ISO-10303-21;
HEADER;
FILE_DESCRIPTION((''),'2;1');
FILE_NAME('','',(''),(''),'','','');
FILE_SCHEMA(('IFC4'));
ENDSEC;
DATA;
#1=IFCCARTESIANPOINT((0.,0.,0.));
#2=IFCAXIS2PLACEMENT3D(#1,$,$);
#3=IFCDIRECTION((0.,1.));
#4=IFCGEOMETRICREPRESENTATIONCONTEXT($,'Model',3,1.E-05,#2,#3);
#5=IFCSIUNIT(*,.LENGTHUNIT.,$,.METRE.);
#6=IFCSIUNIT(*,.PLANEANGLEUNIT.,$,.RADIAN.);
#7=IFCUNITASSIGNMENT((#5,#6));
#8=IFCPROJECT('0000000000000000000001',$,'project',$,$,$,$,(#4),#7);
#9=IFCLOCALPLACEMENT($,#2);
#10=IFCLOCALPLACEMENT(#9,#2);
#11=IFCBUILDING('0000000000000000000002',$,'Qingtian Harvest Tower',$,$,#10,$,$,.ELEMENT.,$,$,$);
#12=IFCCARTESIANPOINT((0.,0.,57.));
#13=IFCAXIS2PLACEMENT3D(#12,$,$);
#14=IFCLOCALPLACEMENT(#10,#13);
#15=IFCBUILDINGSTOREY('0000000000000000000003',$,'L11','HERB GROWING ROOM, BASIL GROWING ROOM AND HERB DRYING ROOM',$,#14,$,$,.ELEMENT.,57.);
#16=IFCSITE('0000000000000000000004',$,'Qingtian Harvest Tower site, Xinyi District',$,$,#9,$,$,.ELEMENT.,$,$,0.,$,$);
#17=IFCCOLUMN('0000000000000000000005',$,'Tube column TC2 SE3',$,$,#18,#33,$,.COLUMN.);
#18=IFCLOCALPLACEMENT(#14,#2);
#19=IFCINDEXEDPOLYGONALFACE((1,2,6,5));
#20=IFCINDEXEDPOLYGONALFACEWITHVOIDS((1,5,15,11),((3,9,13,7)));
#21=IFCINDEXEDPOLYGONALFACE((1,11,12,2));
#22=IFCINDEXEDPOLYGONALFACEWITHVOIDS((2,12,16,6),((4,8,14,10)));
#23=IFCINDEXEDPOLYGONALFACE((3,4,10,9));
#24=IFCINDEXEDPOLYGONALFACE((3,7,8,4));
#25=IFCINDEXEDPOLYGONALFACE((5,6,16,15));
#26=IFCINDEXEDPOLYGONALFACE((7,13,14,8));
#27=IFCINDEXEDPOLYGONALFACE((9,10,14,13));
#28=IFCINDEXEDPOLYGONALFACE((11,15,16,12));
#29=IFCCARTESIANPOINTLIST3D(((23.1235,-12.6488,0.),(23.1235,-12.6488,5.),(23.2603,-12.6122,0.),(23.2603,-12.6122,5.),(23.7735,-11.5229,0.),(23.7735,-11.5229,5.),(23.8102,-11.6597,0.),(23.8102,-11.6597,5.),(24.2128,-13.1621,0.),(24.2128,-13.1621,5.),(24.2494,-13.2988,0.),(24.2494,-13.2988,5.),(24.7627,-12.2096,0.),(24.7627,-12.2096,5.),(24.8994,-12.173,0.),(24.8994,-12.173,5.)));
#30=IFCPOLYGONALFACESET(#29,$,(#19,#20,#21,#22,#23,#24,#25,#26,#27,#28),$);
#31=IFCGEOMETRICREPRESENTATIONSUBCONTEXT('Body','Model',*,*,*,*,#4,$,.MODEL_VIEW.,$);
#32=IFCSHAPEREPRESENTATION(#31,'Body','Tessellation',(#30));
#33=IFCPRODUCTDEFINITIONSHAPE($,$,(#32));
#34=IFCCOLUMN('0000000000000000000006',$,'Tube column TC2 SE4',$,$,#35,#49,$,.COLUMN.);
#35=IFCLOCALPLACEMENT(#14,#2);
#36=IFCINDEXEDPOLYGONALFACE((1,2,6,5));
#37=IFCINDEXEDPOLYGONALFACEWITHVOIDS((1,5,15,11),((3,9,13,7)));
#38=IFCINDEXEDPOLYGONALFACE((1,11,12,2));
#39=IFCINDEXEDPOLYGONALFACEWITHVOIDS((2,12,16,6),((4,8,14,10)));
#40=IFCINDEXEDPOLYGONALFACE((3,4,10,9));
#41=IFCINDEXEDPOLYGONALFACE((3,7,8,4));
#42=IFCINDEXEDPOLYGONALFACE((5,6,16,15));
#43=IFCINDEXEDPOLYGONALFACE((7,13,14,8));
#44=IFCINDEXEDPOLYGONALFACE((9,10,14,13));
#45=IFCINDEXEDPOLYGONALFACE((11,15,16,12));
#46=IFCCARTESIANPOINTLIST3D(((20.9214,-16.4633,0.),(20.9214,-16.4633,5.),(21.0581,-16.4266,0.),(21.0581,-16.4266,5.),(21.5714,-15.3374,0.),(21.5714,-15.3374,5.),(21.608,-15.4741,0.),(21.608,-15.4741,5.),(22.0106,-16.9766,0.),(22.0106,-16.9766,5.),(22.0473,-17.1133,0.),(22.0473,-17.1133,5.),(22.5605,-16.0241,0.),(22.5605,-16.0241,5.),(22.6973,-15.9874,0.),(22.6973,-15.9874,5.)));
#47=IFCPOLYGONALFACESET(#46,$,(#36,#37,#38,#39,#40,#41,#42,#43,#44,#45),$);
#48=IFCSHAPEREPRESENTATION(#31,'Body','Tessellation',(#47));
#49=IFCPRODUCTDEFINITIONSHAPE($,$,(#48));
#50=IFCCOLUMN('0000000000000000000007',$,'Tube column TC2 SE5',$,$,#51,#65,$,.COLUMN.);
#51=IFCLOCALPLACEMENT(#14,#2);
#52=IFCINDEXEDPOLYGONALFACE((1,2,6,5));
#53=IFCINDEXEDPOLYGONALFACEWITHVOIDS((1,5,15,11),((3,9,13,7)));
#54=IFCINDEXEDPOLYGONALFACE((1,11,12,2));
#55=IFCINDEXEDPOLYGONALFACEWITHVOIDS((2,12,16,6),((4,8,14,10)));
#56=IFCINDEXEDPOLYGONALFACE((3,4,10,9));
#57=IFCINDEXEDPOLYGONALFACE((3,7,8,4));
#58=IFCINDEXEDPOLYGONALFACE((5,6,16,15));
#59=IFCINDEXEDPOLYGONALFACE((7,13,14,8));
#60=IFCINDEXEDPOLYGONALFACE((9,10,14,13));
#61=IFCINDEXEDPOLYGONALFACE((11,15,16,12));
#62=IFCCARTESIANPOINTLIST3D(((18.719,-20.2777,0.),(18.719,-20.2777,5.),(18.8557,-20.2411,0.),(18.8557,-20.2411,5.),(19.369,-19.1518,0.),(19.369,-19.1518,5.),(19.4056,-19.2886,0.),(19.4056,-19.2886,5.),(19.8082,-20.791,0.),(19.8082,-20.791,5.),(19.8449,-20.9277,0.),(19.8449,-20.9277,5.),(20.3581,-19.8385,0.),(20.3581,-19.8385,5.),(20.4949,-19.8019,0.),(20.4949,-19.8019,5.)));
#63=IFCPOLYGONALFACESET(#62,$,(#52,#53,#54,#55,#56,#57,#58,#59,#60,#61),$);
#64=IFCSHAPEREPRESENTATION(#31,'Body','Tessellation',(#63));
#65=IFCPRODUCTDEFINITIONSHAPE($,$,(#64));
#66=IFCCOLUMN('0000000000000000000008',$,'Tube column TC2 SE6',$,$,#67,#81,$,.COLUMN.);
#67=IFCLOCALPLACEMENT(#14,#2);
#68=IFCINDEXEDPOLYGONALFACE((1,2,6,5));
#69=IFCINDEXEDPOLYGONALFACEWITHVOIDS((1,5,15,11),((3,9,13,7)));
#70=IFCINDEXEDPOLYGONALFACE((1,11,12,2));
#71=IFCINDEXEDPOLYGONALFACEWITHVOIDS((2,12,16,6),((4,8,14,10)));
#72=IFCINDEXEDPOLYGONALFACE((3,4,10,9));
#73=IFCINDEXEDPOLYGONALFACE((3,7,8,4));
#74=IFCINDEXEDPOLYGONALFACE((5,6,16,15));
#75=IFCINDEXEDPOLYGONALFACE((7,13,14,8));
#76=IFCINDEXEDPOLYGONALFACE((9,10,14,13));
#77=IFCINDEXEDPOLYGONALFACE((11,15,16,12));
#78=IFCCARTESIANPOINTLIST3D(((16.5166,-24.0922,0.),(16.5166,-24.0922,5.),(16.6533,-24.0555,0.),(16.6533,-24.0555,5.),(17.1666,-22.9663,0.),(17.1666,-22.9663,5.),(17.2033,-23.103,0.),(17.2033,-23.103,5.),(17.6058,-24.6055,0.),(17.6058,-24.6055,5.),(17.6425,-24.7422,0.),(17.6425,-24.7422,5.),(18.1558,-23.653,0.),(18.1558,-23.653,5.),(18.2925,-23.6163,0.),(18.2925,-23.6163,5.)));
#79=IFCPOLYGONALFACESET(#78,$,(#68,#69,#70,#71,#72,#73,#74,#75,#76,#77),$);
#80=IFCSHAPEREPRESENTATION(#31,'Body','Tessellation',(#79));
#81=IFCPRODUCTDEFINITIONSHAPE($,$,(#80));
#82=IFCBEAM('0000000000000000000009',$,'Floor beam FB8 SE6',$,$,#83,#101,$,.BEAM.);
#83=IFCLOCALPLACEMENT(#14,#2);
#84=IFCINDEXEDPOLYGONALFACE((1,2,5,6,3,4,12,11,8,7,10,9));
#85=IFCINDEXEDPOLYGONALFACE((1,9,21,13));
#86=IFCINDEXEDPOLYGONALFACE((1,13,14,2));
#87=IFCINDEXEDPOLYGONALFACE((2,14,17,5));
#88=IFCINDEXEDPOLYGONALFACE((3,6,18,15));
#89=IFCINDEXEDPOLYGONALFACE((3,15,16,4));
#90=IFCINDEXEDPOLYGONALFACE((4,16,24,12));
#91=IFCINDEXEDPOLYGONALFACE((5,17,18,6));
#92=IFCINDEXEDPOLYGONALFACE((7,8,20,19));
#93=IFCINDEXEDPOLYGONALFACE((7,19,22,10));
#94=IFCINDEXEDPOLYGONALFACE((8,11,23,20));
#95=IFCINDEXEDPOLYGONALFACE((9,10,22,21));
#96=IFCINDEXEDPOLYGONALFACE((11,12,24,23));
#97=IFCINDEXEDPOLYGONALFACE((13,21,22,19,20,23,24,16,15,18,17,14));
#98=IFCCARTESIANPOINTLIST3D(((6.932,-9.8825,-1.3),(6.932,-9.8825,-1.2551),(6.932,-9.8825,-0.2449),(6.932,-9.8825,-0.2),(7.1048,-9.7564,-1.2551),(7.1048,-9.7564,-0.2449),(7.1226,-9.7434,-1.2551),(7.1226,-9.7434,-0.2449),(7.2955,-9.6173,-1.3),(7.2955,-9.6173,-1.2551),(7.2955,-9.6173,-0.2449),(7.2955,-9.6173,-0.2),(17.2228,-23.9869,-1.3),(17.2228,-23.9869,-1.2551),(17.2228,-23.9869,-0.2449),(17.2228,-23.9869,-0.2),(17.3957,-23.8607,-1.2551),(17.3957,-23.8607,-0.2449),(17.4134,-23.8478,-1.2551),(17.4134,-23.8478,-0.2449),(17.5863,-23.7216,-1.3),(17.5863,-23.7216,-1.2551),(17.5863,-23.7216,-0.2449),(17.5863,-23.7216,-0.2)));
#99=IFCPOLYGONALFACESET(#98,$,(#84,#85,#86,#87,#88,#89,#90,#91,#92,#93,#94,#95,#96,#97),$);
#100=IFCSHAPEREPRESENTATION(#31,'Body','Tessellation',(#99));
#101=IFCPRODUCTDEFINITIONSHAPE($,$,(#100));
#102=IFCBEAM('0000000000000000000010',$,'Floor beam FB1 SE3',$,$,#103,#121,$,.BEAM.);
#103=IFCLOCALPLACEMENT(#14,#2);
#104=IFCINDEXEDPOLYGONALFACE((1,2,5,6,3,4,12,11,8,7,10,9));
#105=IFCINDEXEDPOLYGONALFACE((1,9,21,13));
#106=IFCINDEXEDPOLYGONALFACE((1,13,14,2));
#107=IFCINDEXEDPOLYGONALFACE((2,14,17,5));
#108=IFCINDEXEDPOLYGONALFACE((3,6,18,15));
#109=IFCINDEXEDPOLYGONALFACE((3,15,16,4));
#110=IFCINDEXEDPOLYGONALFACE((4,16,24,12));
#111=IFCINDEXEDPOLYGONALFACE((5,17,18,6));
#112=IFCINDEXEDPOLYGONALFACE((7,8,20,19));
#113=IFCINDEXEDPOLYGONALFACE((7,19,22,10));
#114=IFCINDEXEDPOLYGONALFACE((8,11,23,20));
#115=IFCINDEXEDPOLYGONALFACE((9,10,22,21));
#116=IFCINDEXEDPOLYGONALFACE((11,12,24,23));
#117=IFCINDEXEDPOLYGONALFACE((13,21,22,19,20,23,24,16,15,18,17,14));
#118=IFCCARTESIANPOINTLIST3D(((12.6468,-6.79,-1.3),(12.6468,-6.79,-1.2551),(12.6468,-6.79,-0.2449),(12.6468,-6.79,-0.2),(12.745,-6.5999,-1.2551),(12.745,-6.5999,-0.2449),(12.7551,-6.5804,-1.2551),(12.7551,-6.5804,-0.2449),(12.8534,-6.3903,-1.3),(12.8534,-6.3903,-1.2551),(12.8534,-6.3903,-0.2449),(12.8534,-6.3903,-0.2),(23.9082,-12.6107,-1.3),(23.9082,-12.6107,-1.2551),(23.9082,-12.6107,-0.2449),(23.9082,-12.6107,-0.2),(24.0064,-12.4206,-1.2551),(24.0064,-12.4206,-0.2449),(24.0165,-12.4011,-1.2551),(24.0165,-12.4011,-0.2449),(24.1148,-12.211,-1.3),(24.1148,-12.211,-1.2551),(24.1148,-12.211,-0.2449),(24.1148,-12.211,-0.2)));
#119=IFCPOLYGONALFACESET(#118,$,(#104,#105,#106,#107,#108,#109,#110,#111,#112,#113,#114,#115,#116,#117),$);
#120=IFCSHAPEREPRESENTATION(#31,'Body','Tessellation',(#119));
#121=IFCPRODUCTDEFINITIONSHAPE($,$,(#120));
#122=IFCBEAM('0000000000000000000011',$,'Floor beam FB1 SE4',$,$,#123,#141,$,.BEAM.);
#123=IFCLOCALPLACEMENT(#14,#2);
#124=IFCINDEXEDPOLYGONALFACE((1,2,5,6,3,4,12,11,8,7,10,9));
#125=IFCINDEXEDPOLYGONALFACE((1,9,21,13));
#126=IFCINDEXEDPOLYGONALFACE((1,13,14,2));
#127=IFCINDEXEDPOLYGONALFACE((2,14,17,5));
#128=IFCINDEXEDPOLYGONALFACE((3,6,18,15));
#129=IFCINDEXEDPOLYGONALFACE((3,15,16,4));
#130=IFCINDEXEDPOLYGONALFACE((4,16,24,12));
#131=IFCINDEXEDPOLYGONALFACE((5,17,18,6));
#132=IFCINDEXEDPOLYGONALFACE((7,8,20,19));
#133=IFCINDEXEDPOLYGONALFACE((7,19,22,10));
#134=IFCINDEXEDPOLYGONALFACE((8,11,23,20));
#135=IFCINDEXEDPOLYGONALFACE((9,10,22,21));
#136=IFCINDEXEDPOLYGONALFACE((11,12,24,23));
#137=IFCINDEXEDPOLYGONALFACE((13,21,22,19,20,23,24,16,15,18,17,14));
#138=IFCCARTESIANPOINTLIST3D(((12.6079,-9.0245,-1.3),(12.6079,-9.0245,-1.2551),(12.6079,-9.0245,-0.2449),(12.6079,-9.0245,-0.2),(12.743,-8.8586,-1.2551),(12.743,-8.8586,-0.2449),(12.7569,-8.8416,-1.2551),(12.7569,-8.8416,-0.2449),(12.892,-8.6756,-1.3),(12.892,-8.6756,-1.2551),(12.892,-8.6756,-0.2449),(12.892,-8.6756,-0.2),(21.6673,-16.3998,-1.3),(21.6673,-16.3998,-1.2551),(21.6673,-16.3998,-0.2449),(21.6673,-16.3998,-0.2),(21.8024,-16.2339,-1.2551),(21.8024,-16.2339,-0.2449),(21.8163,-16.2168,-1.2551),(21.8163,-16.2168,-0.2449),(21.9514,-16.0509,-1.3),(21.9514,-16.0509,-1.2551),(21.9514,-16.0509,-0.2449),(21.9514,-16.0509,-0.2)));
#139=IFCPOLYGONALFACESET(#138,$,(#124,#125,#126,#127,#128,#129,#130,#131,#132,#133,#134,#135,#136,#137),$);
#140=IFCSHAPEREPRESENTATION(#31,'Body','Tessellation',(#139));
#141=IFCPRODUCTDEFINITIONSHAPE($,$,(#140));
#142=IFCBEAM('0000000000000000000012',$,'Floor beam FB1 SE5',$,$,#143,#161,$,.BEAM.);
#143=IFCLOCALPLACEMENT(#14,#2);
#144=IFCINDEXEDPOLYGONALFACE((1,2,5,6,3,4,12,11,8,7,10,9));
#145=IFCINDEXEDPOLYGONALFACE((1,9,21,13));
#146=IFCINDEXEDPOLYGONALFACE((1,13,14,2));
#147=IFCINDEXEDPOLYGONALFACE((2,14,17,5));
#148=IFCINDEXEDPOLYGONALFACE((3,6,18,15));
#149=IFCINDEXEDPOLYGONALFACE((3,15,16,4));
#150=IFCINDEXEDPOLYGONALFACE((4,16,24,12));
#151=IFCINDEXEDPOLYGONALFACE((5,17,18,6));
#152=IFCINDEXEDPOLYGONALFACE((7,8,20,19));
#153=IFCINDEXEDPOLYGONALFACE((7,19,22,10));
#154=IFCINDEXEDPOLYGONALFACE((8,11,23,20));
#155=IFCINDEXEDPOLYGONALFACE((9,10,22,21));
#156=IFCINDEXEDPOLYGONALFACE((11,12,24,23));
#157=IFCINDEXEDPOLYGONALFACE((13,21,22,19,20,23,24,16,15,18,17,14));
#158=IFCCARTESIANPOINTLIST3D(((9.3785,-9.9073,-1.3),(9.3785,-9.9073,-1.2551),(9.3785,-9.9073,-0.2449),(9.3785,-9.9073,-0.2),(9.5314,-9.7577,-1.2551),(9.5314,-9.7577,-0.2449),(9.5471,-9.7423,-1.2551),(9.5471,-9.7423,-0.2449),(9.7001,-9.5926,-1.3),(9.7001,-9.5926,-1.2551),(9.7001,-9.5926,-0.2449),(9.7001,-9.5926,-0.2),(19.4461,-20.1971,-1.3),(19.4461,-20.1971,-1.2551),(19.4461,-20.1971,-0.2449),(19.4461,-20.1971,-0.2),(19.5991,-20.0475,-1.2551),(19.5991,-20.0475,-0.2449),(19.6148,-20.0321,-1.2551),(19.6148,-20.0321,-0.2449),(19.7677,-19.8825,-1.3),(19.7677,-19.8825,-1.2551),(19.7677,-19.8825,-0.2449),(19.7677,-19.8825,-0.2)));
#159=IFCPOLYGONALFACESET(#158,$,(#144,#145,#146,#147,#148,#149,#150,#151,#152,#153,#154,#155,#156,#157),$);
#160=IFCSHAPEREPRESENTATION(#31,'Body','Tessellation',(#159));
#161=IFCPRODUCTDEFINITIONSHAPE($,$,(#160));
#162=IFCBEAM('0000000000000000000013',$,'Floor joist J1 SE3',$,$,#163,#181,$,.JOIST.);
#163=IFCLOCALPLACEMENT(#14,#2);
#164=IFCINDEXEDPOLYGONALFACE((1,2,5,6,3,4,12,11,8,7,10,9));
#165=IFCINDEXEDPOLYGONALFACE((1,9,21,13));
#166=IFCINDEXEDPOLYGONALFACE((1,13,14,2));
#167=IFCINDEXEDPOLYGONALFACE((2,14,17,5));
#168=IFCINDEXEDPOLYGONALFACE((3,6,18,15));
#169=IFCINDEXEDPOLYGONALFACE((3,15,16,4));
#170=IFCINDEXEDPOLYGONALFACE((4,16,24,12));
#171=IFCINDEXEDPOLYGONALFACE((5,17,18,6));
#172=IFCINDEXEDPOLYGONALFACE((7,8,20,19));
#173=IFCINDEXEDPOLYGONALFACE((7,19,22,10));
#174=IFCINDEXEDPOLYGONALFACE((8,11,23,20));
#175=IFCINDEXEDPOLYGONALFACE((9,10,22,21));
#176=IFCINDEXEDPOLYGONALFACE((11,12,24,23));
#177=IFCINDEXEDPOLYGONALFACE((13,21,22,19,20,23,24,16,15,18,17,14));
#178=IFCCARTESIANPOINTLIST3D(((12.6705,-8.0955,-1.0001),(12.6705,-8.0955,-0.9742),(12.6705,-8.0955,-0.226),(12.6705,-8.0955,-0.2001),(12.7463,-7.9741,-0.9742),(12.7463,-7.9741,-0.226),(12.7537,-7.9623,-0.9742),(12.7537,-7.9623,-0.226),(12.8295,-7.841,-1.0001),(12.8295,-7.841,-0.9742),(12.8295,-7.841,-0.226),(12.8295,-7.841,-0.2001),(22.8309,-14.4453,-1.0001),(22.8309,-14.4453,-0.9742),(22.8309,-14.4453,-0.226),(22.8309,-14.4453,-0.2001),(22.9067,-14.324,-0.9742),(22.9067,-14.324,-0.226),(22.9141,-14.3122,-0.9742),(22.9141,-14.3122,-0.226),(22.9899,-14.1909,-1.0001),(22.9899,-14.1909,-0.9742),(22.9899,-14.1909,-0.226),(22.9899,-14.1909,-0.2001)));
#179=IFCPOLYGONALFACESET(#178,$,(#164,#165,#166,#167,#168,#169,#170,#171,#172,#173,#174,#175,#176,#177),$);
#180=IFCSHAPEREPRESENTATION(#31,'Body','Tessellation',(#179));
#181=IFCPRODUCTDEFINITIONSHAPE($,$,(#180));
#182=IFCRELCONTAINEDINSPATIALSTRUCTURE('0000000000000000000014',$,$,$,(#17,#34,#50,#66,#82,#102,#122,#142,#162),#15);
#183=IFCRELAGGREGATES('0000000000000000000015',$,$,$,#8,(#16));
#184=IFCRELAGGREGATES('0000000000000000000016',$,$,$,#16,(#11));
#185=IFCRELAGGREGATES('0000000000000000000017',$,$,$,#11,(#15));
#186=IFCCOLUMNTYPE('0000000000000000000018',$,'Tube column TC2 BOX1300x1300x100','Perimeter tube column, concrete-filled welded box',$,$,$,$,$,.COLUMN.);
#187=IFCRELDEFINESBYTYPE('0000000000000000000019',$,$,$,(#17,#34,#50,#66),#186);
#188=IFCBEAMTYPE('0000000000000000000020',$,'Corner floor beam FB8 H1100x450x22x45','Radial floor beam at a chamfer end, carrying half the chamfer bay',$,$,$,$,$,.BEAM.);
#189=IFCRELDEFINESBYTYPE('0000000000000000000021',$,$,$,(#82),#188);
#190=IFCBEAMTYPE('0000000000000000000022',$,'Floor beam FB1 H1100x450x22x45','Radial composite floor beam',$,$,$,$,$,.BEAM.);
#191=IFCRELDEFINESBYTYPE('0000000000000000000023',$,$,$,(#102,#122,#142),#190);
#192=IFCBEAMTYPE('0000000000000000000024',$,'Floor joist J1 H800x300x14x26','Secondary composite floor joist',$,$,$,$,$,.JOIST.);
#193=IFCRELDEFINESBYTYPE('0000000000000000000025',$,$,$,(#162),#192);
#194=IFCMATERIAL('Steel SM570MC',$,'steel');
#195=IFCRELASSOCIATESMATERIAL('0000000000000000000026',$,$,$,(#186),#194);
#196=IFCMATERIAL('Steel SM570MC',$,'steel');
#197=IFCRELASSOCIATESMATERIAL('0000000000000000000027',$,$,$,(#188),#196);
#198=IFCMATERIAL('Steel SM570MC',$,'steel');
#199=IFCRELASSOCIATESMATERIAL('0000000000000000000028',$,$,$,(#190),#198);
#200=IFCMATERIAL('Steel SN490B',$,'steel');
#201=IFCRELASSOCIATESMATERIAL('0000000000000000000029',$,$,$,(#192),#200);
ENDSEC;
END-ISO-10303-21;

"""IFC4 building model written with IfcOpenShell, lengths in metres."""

from ifc_helpers import new_model, si_unit, direction, frame, origin, origin_2d, place, context, subcontext, project, spatial, hollow_rectangle, i_section, extrude, material, material_profile, profile_set, type_object, element, save


model = new_model("IFC4")

# Units and contexts
model_context = context("Model", 3, precision=1e-05, world=origin(), true_north=direction((0.0, 1.0)))
body_context = subcontext(model_context, "Body", "Model", "MODEL_VIEW")
ifc_project = project(units=[si_unit("LENGTHUNIT", "METRE"), si_unit("PLANEANGLEUNIT", "RADIAN")], contexts=[model_context])

# Site, building, storey
site_placement = place(None, origin())
site = spatial("IfcSite", under=ifc_project, at=site_placement, Name="Qingtian Harvest Tower site, Xinyi District", CompositionType="ELEMENT", RefElevation=0.0)
building_placement = place(site_placement, origin())
building = spatial("IfcBuilding", under=site, at=building_placement, Name="Qingtian Harvest Tower", CompositionType="ELEMENT")
storey_placement = place(building_placement, frame((0.0, 0.0, 57.0)))
storey = spatial("IfcBuildingStorey", under=building, at=storey_placement, Name="L11", Description="HERB GROWING ROOM, BASIL GROWING ROOM AND HERB DRYING ROOM", CompositionType="ELEMENT", Elevation=57.0)

# Columns
ifc_material_1 = material(Name="Steel SM570MC", Category="steel")
ifc_material_profile_1 = material_profile(ifc_material_1, hollow_rectangle(XDim=1.3, YDim=1.3, WallThickness=0.1001, at=origin_2d()), Name="BOX1300x1300x100")
ifc_profile_set_1 = profile_set([ifc_material_profile_1], Name="Steel SM570MC")
column_type = type_object("IfcColumnType", Name="Tube column TC2 BOX1300x1300x100", Description="Perimeter tube column, concrete-filled welded box", PredefinedType="COLUMN", material=ifc_profile_set_1)
for number, where, z_axis, x_axis, name in (
    (1, (24.0115, -12.4109, 0.0), (0.0, 0.0, 1.0), (0.5, 0.866025, 0.0), "Tube column TC2 SE3"),
    (2, (21.8093, -16.2253, 0.0), (0.0, 0.0, 1.0), (0.5, 0.866025, 0.0), "Tube column TC2 SE4"),
    (3, (19.6069, -20.0398, 0.0), (0.0, 0.0, 1.0), (0.5, 0.866025, 0.0), "Tube column TC2 SE5"),
    (4, (17.4045, -23.8542, 0.0), (0.0, 0.0, 1.0), (0.5, 0.866025, 0.0), "Tube column TC2 SE6"),
):
    element("IfcColumn", number, at=place(storey_placement, frame(where, z_axis=z_axis, x_axis=x_axis)), inside=storey, type_object=column_type, Name=name, PredefinedType="COLUMN", context=body_context, shape_type="SweptSolid", body=[
        extrude(hollow_rectangle(XDim=1.3, YDim=1.3, WallThickness=0.1001, at=origin_2d()), origin(), (0.0, 0.0, 1.0), 5.0),
    ])

# Beams
ifc_material_2 = material(Name="Steel SM570MC", Category="steel")
ifc_material_profile_2 = material_profile(ifc_material_2, i_section(OverallWidth=0.45, OverallDepth=1.1001, WebThickness=0.022, FlangeThickness=0.0449, at=origin_2d()), Name="H1100x450x22x45")
ifc_profile_set_2 = profile_set([ifc_material_profile_2], Name="Steel SM570MC")
beam_type_1 = type_object("IfcBeamType", Name="Corner floor beam FB8 H1100x450x22x45", Description="Radial floor beam at a chamfer end, carrying half the chamfer bay", PredefinedType="BEAM", material=ifc_profile_set_2)
beam_1_placement = place(storey_placement, frame((17.4045, -23.8542, -0.75), z_axis=(-0.589412, 0.807832, 0.0), x_axis=(-0.807832, -0.589412, 0.0)))
element("IfcBeam", 5, at=beam_1_placement, inside=storey, type_object=beam_type_1, Name="Floor beam FB8 SE6", PredefinedType="BEAM", context=body_context, shape_type="SweptSolid", body=[
    extrude(i_section(OverallWidth=0.45, OverallDepth=1.1001, WebThickness=0.022, FlangeThickness=0.0449, at=origin_2d()), origin(), (0.0, 0.0, 1.0), 17.4595),
])
ifc_material_3 = material(Name="Steel SM570MC", Category="steel")
ifc_material_profile_3 = material_profile(ifc_material_3, i_section(OverallWidth=0.45, OverallDepth=1.1001, WebThickness=0.022, FlangeThickness=0.0449, at=origin_2d()), Name="H1100x450x22x45")
ifc_profile_set_3 = profile_set([ifc_material_profile_3], Name="Steel SM570MC")
beam_type_2 = type_object("IfcBeamType", Name="Floor beam FB1 H1100x450x22x45", Description="Radial composite floor beam", PredefinedType="BEAM", material=ifc_profile_set_3)
beam_2_placement = place(storey_placement, frame((24.0115, -12.4109, -0.75), z_axis=(-0.88835, 0.459168, 0.0), x_axis=(-0.459168, -0.88835, 0.0)))
element("IfcBeam", 6, at=beam_2_placement, inside=storey, type_object=beam_type_2, Name="Floor beam FB1 SE3", PredefinedType="BEAM", context=body_context, shape_type="SweptSolid", body=[
    extrude(i_section(OverallWidth=0.45, OverallDepth=1.1001, WebThickness=0.022, FlangeThickness=0.0449, at=origin_2d()), origin(), (0.0, 0.0, 1.0), 12.6768),
])
beam_3_placement = place(storey_placement, frame((21.8093, -16.2253, -0.75), z_axis=(-0.775504, 0.631342, 0.0), x_axis=(-0.631342, -0.775504, 0.0)))
element("IfcBeam", 7, at=beam_3_placement, inside=storey, type_object=beam_type_2, Name="Floor beam FB1 SE4", PredefinedType="BEAM", context=body_context, shape_type="SweptSolid", body=[
    extrude(i_section(OverallWidth=0.45, OverallDepth=1.1001, WebThickness=0.022, FlangeThickness=0.0449, at=origin_2d()), origin(), (0.0, 0.0, 1.0), 11.6819),
])
beam_4_placement = place(storey_placement, frame((19.6069, -20.0398, -0.75), z_axis=(-0.699348, 0.714781, 0.0), x_axis=(-0.714781, -0.699348, 0.0)))
element("IfcBeam", 8, at=beam_4_placement, inside=storey, type_object=beam_type_2, Name="Floor beam FB1 SE5", PredefinedType="BEAM", context=body_context, shape_type="SweptSolid", body=[
    extrude(i_section(OverallWidth=0.45, OverallDepth=1.1001, WebThickness=0.022, FlangeThickness=0.0449, at=origin_2d()), origin(), (0.0, 0.0, 1.0), 14.3958),
])
ifc_material_4 = material(Name="Steel SN490B", Category="steel")
ifc_material_profile_4 = material_profile(ifc_material_4, i_section(OverallWidth=0.3, OverallDepth=0.8, WebThickness=0.0139, FlangeThickness=0.0259, at=origin_2d()), Name="H800x300x14x26")
ifc_profile_set_4 = profile_set([ifc_material_profile_4], Name="Steel SN490B")
beam_type_3 = type_object("IfcBeamType", Name="Floor joist J1 H800x300x14x26", Description="Secondary composite floor joist", PredefinedType="JOIST", material=ifc_profile_set_4)
beam_5_placement = place(storey_placement, frame((22.9104, -14.3181, -0.6001), z_axis=(-0.848013, 0.529975, 0.0), x_axis=(-0.529975, -0.848013, 0.0)))
element("IfcBeam", 9, at=beam_5_placement, inside=storey, type_object=beam_type_3, Name="Floor joist J1 SE3", PredefinedType="JOIST", context=body_context, shape_type="SweptSolid", body=[
    extrude(i_section(OverallWidth=0.3, OverallDepth=0.8, WebThickness=0.0139, FlangeThickness=0.0259, at=origin_2d()), origin(), (0.0, 0.0, 1.0), 11.9814),
])

save(model, "model.ifc")
